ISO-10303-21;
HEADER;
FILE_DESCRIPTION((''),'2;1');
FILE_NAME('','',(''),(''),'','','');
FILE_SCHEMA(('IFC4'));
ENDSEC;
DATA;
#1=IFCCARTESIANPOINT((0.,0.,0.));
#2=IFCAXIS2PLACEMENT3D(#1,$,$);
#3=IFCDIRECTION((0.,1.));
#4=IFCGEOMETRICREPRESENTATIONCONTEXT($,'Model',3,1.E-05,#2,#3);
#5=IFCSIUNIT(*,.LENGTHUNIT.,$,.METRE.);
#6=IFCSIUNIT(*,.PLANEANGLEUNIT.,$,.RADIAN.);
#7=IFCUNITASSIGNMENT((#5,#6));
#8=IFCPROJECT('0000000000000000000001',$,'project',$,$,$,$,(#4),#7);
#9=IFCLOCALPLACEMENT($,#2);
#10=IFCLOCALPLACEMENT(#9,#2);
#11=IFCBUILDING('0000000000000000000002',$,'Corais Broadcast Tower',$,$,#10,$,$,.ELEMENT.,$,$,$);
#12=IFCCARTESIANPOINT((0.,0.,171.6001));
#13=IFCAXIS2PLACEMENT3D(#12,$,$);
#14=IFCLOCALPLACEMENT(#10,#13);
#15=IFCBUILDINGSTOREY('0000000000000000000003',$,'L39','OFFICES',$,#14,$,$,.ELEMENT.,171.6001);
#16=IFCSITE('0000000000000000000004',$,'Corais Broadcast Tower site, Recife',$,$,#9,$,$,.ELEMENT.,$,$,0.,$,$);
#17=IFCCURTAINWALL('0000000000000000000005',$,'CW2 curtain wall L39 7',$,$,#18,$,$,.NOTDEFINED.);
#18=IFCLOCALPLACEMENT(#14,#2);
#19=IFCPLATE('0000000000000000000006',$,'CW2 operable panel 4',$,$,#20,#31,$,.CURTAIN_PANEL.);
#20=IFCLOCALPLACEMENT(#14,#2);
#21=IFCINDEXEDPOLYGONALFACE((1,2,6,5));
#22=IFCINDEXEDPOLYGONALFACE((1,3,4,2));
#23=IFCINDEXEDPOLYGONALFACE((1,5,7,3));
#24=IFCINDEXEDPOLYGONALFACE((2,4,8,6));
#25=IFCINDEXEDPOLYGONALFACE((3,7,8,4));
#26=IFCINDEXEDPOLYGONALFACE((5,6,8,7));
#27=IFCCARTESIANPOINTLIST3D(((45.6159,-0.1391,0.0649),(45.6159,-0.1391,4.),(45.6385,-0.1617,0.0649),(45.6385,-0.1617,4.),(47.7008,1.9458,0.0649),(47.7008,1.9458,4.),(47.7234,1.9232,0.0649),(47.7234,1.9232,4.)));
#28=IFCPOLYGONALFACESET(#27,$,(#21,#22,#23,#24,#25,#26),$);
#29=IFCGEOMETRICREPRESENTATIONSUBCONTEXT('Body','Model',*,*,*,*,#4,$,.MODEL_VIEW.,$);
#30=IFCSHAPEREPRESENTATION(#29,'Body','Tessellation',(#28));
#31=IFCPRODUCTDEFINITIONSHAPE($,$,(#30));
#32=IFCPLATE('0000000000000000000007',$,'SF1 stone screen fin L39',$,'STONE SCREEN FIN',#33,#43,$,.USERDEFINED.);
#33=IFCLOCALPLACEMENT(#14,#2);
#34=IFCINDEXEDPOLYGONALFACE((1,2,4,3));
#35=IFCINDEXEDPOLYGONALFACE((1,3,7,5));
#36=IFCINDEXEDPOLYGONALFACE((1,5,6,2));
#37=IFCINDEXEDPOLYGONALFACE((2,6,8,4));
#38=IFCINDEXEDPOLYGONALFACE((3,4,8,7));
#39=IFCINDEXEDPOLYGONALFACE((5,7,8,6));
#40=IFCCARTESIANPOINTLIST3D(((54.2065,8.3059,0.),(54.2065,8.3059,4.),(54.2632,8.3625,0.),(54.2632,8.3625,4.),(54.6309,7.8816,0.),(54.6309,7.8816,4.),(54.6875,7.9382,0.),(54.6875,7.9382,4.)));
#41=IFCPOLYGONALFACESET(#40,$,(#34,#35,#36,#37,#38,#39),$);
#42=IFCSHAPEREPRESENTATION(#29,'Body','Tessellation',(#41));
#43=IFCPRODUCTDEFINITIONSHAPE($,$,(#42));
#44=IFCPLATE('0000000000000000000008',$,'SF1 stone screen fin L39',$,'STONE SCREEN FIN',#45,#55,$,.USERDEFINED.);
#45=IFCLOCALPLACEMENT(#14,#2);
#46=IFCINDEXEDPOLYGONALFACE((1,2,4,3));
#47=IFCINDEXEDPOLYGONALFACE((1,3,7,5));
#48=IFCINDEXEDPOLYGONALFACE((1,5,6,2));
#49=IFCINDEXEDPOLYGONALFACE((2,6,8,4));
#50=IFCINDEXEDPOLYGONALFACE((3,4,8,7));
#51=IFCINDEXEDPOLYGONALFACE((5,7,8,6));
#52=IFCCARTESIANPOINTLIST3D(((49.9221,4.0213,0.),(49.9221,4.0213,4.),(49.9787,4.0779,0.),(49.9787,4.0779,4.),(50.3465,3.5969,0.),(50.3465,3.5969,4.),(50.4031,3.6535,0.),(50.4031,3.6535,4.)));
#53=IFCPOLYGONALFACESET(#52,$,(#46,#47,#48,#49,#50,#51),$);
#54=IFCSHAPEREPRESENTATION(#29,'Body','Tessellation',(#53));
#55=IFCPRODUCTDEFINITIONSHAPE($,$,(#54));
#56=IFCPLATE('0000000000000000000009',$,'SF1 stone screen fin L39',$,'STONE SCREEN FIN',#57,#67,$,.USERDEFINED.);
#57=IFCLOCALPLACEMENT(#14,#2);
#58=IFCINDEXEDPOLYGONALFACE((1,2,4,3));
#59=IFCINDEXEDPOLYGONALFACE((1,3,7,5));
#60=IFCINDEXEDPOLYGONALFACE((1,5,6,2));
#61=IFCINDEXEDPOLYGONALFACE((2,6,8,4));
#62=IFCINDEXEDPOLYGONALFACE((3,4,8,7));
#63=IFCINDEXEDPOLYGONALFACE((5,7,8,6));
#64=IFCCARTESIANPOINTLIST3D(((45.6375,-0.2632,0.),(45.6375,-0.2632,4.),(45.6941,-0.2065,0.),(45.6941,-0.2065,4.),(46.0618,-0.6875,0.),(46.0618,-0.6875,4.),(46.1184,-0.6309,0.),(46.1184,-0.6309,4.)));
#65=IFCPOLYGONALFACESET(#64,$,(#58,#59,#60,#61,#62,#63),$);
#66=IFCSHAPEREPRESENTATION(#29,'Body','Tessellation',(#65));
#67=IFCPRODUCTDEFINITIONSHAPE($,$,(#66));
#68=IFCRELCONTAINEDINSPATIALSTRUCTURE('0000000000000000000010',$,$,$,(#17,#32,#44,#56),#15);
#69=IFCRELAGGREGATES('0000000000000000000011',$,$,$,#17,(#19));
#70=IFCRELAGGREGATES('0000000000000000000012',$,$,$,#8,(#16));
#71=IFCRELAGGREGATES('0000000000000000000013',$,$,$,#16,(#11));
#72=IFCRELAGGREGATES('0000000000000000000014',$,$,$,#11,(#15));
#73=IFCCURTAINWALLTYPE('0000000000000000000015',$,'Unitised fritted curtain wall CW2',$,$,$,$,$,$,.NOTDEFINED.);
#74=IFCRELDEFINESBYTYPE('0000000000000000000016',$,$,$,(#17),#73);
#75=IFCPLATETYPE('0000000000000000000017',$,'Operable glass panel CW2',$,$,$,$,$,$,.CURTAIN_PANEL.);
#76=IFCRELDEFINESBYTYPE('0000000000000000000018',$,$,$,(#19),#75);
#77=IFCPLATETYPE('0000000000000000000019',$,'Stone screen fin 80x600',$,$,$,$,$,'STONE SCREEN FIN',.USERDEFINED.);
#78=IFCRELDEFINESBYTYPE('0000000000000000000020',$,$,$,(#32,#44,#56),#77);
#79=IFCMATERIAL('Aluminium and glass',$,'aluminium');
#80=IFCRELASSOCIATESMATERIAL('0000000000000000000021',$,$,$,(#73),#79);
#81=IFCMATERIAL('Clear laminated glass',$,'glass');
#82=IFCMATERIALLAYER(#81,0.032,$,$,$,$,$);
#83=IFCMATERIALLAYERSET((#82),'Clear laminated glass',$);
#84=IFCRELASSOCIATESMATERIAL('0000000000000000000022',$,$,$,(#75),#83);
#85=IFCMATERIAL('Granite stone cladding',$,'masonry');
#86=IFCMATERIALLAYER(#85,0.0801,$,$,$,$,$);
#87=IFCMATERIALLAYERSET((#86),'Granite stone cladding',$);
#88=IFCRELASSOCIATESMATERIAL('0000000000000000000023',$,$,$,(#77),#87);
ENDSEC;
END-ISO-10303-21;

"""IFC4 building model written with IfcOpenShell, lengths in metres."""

from ifc_helpers import new_model, si_unit, direction, frame, origin, origin_2d, place, context, subcontext, project, spatial, rectangle, extrude, material, layer, layer_set, type_object, element, aggregate, save


model = new_model("IFC4")

# Units and contexts
model_context = context("Model", 3, precision=1e-05, world=origin(), true_north=direction((0.0, 1.0)))
body_context = subcontext(model_context, "Body", "Model", "MODEL_VIEW")
ifc_project = project(units=[si_unit("LENGTHUNIT", "METRE"), si_unit("PLANEANGLEUNIT", "RADIAN")], contexts=[model_context])

# Site, building, storey
site_placement = place(None, origin())
site = spatial("IfcSite", under=ifc_project, at=site_placement, Name="Corais Broadcast Tower site, Recife", CompositionType="ELEMENT", RefElevation=0.0)
building_placement = place(site_placement, origin())
building = spatial("IfcBuilding", under=site, at=building_placement, Name="Corais Broadcast Tower", CompositionType="ELEMENT")
storey_placement = place(building_placement, frame((0.0, 0.0, 171.6001)))
storey = spatial("IfcBuildingStorey", under=building, at=storey_placement, Name="L39", Description="OFFICES", CompositionType="ELEMENT", Elevation=171.6001)

# Shared definitions
ifc_material_1 = material(Name="Aluminium and glass", Category="aluminium")
curtain_wall_type = type_object("IfcCurtainWallType", Name="Unitised fritted curtain wall CW2", PredefinedType="NOTDEFINED", material=ifc_material_1)

# Curtain wall
curtain_wall_1_placement = place(storey_placement, origin())
curtain_wall_1 = element("IfcCurtainWall", 1, at=curtain_wall_1_placement, inside=storey, type_object=curtain_wall_type, Name="CW2 curtain wall L39 7", PredefinedType="NOTDEFINED")

# Plate
ifc_material_2 = material(Name="Clear laminated glass", Category="glass")
ifc_layer_1 = layer(ifc_material_2, 0.032)
ifc_layer_set_1 = layer_set([ifc_layer_1], Name="Clear laminated glass")
plate_type_1 = type_object("IfcPlateType", Name="Operable glass panel CW2", PredefinedType="CURTAIN_PANEL", material=ifc_layer_set_1)
plate_1_placement = place(storey_placement, frame((46.6697, 0.8921, 0.0649), z_axis=(0.0, 0.0, 1.0), x_axis=(-0.707107, -0.707107, 0.0)))
plate_1 = element("IfcPlate", 2, at=plate_1_placement, type_object=plate_type_1, Name="CW2 operable panel 4", PredefinedType="CURTAIN_PANEL", context=body_context, shape_type="SweptSolid", body=[
    extrude(rectangle(XDim=2.9485, YDim=0.032, at=origin_2d()), origin(), (0.0, 0.0, 1.0), 3.9351),
])
aggregate(curtain_wall_1, [plate_1])

# Plates
ifc_material_3 = material(Name="Granite stone cladding", Category="masonry")
ifc_layer_2 = layer(ifc_material_3, 0.0801)
ifc_layer_set_2 = layer_set([ifc_layer_2], Name="Granite stone cladding")
plate_type_2 = type_object("IfcPlateType", Name="Stone screen fin 80x600", ElementType="STONE SCREEN FIN", PredefinedType="USERDEFINED", material=ifc_layer_set_2)
for number, where, z_axis, x_axis, name in (
    (3, (54.447, 8.1221, 0.0), (0.0, 0.0, 1.0), (-0.707107, -0.707107, 0.0), "SF1 stone screen fin L39"),
    (4, (50.1626, 3.8374, 0.0), (0.0, 0.0, 1.0), (-0.707107, -0.707107, 0.0), "SF1 stone screen fin L39"),
    (5, (45.8779, -0.447, 0.0), (0.0, 0.0, 1.0), (-0.707107, -0.707107, 0.0), "SF1 stone screen fin L39"),
):
    element("IfcPlate", number, at=place(storey_placement, frame(where, z_axis=z_axis, x_axis=x_axis)), inside=storey, type_object=plate_type_2, Name=name, ObjectType="STONE SCREEN FIN", PredefinedType="USERDEFINED", context=body_context, shape_type="SweptSolid", body=[
        extrude(rectangle(XDim=0.0801, YDim=0.6001, at=origin_2d()), origin(), (0.0, 0.0, 1.0), 4.0),
    ])

save(model, "model.ifc")
